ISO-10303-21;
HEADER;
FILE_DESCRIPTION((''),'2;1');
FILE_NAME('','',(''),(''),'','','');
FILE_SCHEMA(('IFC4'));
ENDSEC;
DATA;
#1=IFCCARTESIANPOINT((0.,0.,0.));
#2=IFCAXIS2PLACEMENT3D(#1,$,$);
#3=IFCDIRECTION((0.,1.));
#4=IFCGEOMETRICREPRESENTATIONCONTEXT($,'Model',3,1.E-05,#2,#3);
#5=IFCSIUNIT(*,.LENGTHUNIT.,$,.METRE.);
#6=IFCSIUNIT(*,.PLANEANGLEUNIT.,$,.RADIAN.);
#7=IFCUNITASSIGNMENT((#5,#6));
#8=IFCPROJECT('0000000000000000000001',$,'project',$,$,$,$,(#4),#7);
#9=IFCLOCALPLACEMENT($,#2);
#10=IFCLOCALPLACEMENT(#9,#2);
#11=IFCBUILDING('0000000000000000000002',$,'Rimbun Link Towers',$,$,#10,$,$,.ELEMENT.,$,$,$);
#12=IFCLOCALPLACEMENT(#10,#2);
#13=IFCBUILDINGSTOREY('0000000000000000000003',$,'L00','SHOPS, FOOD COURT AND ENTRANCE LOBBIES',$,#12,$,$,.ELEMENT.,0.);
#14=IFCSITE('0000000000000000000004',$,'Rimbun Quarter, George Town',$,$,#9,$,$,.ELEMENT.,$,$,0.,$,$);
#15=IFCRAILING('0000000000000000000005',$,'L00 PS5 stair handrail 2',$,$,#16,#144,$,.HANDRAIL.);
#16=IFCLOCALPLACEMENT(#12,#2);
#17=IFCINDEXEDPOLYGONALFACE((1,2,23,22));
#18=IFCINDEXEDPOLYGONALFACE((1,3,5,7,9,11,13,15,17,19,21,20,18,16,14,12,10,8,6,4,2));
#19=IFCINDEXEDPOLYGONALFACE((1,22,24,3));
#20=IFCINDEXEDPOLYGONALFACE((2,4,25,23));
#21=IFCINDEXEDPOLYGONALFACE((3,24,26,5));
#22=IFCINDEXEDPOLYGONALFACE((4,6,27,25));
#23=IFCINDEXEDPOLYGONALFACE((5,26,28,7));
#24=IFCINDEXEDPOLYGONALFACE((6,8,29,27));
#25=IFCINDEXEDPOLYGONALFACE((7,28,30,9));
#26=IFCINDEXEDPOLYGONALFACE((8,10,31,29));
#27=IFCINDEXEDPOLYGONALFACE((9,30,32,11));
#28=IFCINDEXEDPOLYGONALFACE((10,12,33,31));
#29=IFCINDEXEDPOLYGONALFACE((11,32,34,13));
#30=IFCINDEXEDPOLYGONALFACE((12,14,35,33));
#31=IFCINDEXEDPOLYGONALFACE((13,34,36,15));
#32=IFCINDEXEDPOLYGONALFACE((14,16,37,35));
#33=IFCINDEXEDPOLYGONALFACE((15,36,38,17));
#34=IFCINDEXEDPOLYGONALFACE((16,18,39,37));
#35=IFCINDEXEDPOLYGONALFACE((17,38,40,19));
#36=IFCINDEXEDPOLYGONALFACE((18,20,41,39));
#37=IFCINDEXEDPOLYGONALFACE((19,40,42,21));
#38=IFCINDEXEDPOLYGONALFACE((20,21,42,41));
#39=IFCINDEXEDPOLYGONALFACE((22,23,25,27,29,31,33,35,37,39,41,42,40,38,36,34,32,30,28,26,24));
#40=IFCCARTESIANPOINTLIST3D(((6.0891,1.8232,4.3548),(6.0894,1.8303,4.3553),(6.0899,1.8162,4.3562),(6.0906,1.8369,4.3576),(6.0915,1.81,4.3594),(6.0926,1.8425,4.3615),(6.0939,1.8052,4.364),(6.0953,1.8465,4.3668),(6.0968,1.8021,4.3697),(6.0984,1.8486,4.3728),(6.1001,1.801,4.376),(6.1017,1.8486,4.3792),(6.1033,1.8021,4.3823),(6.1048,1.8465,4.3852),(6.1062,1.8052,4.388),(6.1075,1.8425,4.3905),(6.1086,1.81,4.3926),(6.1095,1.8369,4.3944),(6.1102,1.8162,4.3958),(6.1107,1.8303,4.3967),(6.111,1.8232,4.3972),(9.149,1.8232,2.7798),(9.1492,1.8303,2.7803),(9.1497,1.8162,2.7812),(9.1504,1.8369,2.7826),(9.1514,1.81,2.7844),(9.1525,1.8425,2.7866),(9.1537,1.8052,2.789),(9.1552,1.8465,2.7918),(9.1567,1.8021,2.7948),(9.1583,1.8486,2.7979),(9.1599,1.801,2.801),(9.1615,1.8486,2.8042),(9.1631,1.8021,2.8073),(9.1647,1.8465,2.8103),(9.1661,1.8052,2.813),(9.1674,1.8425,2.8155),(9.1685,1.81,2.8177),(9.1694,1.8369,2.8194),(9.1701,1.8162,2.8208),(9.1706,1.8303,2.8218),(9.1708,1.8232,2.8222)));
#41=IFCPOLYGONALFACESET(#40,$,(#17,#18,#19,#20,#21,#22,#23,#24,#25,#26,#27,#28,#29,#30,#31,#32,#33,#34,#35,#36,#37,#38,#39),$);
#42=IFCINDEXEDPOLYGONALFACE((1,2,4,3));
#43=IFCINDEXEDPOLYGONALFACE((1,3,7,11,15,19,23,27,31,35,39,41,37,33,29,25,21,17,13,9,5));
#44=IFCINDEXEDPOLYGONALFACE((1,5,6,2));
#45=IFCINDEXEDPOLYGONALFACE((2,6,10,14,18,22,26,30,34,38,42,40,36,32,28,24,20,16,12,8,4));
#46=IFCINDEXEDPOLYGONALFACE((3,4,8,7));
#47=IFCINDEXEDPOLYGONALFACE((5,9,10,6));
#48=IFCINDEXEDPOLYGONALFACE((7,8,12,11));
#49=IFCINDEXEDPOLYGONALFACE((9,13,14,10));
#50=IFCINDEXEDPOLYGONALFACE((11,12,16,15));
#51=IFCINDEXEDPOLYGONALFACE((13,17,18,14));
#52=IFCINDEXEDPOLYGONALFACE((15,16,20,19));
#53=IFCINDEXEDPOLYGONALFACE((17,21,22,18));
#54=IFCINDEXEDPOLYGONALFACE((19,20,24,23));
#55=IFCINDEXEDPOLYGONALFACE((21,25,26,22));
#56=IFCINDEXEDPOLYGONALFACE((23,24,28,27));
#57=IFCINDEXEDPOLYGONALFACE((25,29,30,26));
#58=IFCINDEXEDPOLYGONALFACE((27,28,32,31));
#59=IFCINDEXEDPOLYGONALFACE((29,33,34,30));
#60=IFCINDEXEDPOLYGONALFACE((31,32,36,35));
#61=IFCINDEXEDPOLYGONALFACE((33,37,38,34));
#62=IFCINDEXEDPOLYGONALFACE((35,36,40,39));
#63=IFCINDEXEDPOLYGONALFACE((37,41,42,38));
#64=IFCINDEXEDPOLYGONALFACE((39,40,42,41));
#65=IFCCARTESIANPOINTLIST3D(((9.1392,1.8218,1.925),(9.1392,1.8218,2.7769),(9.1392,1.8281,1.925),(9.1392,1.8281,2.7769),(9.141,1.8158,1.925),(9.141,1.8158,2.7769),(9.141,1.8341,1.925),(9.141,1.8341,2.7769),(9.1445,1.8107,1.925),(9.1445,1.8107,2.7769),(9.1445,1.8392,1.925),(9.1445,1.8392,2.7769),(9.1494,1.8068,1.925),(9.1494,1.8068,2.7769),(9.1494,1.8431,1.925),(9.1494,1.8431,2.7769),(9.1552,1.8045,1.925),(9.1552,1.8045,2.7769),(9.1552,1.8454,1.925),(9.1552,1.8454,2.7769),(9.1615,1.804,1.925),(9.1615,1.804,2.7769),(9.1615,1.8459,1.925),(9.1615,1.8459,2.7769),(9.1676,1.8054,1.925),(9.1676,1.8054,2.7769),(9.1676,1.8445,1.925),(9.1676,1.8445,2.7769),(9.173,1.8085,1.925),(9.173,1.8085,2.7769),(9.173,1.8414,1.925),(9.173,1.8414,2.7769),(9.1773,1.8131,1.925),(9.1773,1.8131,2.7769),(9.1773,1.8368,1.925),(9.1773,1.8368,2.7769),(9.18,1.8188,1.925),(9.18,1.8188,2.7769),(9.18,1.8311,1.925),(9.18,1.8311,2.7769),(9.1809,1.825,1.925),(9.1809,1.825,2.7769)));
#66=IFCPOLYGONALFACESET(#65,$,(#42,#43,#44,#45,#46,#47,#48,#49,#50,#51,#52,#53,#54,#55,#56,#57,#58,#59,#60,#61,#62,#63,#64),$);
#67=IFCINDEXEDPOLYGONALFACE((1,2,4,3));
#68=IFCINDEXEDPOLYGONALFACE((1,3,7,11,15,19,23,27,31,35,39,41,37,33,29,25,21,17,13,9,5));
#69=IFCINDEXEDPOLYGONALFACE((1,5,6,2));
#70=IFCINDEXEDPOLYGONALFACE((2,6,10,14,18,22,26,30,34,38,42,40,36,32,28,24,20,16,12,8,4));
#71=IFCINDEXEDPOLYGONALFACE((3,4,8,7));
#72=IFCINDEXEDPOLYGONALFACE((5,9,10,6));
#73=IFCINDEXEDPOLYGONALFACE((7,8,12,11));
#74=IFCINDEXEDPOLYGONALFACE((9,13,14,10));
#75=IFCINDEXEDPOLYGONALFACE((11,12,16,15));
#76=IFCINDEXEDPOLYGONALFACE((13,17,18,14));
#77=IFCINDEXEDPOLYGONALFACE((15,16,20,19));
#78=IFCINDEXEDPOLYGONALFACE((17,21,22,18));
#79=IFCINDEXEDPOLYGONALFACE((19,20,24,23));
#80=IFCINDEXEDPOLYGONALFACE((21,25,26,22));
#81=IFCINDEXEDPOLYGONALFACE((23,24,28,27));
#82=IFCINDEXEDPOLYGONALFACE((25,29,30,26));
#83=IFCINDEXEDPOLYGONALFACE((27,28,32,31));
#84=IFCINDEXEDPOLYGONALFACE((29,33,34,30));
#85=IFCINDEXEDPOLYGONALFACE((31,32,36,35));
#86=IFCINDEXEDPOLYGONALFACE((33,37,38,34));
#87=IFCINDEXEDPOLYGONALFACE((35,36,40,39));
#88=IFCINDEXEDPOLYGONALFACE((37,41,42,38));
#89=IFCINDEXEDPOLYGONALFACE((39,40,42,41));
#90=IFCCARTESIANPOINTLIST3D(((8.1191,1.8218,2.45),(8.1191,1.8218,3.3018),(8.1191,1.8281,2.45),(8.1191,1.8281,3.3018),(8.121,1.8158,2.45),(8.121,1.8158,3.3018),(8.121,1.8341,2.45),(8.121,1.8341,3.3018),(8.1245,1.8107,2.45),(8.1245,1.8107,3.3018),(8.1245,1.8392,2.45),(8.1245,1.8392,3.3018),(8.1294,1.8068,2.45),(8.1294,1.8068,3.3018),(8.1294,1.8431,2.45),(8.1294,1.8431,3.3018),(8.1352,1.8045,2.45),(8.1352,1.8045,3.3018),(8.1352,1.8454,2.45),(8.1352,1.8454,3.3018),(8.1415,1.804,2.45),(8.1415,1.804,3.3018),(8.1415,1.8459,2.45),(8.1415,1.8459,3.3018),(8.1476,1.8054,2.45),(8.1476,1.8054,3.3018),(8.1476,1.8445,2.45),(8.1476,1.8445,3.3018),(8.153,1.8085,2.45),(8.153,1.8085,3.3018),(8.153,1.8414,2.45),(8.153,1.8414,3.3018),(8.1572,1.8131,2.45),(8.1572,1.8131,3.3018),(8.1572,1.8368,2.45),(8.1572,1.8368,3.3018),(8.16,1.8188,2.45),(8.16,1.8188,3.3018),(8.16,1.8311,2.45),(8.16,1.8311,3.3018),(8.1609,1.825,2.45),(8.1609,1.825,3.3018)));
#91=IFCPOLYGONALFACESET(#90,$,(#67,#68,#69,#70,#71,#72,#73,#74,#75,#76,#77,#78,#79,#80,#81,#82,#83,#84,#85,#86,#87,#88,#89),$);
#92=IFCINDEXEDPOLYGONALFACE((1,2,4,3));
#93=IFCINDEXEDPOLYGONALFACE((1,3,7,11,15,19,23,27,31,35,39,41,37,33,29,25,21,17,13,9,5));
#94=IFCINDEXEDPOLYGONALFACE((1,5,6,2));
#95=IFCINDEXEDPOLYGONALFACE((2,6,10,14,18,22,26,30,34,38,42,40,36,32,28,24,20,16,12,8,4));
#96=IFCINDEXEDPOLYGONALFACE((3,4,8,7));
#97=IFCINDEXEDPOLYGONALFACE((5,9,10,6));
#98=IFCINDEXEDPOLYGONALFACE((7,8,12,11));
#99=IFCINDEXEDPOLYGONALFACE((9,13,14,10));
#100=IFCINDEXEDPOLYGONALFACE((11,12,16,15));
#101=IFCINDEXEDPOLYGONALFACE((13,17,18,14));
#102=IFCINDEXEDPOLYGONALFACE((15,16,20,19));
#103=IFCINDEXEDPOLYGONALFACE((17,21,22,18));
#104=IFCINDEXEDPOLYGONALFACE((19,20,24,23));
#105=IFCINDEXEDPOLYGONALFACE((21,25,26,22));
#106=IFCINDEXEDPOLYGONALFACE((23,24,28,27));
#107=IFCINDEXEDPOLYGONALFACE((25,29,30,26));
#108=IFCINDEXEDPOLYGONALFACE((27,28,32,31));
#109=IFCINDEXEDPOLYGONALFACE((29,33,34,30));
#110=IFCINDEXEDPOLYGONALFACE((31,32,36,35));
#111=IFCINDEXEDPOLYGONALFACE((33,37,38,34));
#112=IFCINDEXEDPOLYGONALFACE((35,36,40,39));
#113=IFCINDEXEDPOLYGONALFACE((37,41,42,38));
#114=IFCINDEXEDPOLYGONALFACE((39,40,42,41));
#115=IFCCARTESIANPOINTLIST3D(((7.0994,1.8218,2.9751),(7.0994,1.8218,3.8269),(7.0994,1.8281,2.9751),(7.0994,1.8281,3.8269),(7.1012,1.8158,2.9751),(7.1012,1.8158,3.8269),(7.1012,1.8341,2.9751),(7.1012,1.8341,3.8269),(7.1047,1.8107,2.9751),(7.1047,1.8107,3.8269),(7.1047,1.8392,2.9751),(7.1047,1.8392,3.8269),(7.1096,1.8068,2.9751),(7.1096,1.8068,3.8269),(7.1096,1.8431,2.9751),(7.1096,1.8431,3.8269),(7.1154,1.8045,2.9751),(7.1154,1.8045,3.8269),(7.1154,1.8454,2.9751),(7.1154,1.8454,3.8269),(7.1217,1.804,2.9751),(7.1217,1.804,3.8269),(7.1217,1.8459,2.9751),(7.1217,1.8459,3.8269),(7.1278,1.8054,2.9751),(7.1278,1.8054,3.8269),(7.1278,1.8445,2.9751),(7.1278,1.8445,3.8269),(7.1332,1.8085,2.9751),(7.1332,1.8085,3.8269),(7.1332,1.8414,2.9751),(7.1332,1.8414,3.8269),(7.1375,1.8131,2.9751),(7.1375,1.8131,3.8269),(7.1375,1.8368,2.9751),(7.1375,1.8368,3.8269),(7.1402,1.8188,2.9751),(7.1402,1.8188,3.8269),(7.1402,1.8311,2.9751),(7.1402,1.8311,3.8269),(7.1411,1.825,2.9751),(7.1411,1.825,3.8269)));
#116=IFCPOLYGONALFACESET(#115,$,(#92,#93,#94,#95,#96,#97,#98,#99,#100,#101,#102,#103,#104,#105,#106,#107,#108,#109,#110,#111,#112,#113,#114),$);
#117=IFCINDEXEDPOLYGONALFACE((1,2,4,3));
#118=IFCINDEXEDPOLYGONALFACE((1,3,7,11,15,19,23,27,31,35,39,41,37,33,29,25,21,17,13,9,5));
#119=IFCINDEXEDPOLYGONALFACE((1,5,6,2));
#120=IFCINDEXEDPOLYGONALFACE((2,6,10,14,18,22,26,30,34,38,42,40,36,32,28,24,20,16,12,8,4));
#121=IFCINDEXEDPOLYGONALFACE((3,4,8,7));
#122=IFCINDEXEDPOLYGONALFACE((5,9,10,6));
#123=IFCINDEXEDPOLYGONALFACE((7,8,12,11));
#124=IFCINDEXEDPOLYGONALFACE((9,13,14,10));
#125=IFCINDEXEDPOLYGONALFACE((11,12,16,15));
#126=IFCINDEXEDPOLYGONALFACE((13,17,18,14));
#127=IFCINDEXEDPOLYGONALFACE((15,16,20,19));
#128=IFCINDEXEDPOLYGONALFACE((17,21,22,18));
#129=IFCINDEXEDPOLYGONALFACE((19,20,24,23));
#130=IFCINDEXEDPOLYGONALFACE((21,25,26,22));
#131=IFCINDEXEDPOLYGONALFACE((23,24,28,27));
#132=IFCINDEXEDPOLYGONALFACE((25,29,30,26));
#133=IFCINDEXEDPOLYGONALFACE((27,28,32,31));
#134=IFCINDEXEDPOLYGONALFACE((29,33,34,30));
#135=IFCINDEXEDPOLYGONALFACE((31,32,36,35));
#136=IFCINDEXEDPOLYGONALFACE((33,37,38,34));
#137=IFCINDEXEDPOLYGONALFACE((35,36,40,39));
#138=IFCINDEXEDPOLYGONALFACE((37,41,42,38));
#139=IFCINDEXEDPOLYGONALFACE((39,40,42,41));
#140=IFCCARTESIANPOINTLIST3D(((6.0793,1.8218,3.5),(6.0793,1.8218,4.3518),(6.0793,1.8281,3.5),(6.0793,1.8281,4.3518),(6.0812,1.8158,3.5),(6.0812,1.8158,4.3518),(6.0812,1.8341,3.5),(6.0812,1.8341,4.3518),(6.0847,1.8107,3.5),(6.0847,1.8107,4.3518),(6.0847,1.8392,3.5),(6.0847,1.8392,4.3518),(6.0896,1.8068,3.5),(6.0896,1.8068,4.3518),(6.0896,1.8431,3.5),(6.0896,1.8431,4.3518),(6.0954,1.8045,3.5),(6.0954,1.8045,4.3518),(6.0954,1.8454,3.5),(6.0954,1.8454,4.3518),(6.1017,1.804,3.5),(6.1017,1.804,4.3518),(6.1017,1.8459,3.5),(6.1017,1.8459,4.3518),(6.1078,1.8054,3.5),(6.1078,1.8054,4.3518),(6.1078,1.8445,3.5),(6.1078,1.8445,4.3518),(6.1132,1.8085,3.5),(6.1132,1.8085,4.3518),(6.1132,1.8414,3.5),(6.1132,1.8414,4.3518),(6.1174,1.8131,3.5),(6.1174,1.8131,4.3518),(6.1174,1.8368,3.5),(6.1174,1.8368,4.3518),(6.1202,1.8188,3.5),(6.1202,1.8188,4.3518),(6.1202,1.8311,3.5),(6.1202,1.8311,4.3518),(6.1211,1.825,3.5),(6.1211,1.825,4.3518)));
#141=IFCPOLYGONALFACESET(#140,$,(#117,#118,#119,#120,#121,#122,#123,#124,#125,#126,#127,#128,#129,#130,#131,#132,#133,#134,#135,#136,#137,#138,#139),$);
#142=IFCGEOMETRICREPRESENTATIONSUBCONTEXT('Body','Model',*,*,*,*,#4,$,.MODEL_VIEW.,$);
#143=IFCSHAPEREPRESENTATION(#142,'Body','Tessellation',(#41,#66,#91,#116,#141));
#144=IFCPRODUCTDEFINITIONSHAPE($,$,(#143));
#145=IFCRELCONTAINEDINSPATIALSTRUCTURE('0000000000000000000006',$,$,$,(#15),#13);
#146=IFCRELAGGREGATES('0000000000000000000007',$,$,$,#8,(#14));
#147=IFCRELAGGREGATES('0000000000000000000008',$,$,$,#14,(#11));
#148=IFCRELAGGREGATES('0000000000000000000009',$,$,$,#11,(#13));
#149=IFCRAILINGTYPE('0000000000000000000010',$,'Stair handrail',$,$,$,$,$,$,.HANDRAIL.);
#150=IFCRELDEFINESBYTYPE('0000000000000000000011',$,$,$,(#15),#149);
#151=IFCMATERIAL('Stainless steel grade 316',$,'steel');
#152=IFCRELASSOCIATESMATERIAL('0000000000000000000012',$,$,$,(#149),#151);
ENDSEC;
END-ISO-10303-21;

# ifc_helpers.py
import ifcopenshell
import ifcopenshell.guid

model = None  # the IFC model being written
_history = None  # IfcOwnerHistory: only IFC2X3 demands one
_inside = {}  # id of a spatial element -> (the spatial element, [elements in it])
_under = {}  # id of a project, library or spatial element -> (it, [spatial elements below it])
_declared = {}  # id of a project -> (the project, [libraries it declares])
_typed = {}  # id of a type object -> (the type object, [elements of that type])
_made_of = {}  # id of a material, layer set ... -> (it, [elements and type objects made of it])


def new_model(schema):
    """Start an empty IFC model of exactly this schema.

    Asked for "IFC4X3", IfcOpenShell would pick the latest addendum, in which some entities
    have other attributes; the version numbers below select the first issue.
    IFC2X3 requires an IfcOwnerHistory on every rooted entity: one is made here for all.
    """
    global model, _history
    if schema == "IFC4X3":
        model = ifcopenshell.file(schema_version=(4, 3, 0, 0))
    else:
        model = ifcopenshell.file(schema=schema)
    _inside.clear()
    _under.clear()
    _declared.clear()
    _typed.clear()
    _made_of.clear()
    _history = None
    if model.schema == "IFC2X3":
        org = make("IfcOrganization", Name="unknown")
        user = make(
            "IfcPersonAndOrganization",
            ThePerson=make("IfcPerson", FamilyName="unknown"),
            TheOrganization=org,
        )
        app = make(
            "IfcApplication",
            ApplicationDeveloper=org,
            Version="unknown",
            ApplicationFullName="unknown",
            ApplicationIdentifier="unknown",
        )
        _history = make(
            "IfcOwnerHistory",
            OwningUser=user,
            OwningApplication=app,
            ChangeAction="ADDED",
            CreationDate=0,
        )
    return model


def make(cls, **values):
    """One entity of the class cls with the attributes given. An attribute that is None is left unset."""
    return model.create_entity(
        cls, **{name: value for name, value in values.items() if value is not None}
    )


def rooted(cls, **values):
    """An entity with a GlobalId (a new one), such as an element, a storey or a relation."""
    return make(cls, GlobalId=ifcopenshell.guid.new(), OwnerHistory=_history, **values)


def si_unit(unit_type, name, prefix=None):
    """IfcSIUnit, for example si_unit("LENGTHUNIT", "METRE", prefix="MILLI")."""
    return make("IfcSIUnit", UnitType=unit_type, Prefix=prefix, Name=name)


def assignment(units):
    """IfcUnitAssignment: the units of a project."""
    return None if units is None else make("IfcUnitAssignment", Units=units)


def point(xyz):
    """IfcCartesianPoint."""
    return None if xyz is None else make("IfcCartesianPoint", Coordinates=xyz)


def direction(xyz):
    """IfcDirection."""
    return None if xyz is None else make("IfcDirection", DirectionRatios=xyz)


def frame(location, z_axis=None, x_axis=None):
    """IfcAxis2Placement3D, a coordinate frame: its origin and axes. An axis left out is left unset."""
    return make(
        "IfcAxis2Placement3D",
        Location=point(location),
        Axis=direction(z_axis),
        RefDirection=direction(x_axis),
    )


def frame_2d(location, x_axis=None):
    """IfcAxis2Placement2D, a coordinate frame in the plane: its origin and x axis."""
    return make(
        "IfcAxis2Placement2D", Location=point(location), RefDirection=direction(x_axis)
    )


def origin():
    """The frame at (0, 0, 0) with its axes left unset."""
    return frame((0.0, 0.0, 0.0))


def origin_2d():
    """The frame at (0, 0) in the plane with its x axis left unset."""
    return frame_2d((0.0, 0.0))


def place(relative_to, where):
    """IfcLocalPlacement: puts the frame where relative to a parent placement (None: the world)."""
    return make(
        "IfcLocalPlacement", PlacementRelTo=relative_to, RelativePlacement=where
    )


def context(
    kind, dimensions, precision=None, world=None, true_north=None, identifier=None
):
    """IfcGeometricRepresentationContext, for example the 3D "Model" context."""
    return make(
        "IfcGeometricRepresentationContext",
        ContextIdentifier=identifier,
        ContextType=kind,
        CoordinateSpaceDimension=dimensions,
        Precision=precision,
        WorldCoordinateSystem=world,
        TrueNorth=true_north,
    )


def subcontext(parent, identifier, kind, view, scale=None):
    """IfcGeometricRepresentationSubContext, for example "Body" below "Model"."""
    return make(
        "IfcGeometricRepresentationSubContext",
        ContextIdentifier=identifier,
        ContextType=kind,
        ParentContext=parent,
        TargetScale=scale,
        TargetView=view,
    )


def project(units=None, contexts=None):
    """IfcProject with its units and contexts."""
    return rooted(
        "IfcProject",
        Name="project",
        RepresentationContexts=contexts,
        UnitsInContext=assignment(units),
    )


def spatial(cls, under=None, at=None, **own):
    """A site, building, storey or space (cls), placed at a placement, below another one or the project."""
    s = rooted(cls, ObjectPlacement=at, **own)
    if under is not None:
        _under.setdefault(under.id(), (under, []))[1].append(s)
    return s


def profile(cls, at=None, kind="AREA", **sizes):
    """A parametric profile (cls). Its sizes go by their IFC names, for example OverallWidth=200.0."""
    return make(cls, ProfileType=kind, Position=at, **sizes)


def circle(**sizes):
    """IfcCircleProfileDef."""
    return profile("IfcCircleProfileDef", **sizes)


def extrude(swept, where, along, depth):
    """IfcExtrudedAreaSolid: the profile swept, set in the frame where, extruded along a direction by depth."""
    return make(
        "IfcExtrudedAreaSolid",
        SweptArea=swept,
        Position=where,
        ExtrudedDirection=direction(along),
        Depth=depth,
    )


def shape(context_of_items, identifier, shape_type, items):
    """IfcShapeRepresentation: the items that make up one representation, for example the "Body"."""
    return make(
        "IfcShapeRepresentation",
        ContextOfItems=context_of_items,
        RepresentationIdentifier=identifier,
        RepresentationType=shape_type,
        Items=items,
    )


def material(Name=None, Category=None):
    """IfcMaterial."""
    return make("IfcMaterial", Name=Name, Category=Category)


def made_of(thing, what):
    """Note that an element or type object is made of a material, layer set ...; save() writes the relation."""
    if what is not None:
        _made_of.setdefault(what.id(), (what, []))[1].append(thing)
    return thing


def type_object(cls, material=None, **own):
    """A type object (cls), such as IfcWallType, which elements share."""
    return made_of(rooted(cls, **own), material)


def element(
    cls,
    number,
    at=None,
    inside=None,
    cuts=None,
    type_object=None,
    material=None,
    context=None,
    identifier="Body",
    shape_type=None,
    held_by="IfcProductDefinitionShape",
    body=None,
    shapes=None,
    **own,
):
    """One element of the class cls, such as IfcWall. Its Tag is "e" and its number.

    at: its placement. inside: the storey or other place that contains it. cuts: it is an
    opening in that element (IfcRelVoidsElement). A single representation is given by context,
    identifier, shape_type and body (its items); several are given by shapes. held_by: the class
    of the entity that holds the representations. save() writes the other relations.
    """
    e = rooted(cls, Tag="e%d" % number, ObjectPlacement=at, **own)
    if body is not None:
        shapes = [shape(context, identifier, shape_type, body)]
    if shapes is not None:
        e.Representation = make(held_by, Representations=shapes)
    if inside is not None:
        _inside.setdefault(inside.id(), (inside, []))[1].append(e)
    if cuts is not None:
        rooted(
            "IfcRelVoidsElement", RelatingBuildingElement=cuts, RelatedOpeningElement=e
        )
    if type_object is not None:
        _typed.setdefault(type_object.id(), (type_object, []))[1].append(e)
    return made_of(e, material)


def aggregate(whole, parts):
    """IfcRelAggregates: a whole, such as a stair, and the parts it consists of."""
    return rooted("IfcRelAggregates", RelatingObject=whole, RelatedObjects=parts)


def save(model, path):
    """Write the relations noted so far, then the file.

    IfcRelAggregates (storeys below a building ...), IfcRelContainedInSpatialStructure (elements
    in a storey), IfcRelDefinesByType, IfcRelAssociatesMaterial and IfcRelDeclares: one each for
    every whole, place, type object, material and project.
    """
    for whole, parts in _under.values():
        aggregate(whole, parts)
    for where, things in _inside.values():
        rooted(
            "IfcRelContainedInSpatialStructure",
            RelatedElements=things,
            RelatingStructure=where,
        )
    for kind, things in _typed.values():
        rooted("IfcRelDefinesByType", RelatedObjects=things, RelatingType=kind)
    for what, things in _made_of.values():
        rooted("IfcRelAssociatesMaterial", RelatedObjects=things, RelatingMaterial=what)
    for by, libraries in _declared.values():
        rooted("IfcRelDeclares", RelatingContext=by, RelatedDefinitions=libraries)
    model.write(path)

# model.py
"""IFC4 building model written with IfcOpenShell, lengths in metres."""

from ifc_helpers import new_model, si_unit, direction, frame, origin, origin_2d, place, context, subcontext, project, spatial, circle, extrude, material, type_object, element, save


model = new_model("IFC4")

# Units and contexts
model_context = context("Model", 3, precision=1e-05, world=origin(), true_north=direction((0.0, 1.0)))
body_context = subcontext(model_context, "Body", "Model", "MODEL_VIEW")
ifc_project = project(units=[si_unit("LENGTHUNIT", "METRE"), si_unit("PLANEANGLEUNIT", "RADIAN")], contexts=[model_context])

# Site, building, storey
site_placement = place(None, origin())
site = spatial("IfcSite", under=ifc_project, at=site_placement, Name="Rimbun Quarter, George Town", CompositionType="ELEMENT", RefElevation=0.0)
building_placement = place(site_placement, origin())
building = spatial("IfcBuilding", under=site, at=building_placement, Name="Rimbun Link Towers", CompositionType="ELEMENT")
storey_placement = place(building_placement, origin())
storey = spatial("IfcBuildingStorey", under=building, at=storey_placement, Name="L00", Description="SHOPS, FOOD COURT AND ENTRANCE LOBBIES", CompositionType="ELEMENT", Elevation=0.0)

# Railing
ifc_material_1 = material(Name="Stainless steel grade 316", Category="steel")
railing_type_1 = type_object("IfcRailingType", Name="Stair handrail", PredefinedType="HANDRAIL", material=ifc_material_1)
for number, where, name in (
    (1, (9.1599, 1.825, 1.925), "L00 PS5 stair handrail 2"),
):
    element("IfcRailing", number, at=place(storey_placement, frame(where)), inside=storey, type_object=railing_type_1, Name=name, PredefinedType="HANDRAIL", context=body_context, shape_type="SweptSolid", body=[
        extrude(circle(Radius=0.0239, at=origin_2d()), frame((0.0, 0.0, 0.876), z_axis=(-0.88913, 0.0, 0.457654), x_axis=(0.0, -1.0, 0.0)), (0.0, 0.0, 1.0), 3.4414),
        extrude(circle(Radius=0.021, at=origin_2d()), origin(), (0.0, 0.0, 1.0), 0.8518),
        extrude(circle(Radius=0.021, at=origin_2d()), frame((-1.02, 0.0, 0.5249)), (0.0, 0.0, 1.0), 0.8518),
        extrude(circle(Radius=0.021, at=origin_2d()), frame((-2.0398, 0.0, 1.05)), (0.0, 0.0, 1.0), 0.8518),
        extrude(circle(Radius=0.021, at=origin_2d()), frame((-3.0598, 0.0, 1.575)), (0.0, 0.0, 1.0), 0.8518),
    ])

save(model, "model.ifc")
